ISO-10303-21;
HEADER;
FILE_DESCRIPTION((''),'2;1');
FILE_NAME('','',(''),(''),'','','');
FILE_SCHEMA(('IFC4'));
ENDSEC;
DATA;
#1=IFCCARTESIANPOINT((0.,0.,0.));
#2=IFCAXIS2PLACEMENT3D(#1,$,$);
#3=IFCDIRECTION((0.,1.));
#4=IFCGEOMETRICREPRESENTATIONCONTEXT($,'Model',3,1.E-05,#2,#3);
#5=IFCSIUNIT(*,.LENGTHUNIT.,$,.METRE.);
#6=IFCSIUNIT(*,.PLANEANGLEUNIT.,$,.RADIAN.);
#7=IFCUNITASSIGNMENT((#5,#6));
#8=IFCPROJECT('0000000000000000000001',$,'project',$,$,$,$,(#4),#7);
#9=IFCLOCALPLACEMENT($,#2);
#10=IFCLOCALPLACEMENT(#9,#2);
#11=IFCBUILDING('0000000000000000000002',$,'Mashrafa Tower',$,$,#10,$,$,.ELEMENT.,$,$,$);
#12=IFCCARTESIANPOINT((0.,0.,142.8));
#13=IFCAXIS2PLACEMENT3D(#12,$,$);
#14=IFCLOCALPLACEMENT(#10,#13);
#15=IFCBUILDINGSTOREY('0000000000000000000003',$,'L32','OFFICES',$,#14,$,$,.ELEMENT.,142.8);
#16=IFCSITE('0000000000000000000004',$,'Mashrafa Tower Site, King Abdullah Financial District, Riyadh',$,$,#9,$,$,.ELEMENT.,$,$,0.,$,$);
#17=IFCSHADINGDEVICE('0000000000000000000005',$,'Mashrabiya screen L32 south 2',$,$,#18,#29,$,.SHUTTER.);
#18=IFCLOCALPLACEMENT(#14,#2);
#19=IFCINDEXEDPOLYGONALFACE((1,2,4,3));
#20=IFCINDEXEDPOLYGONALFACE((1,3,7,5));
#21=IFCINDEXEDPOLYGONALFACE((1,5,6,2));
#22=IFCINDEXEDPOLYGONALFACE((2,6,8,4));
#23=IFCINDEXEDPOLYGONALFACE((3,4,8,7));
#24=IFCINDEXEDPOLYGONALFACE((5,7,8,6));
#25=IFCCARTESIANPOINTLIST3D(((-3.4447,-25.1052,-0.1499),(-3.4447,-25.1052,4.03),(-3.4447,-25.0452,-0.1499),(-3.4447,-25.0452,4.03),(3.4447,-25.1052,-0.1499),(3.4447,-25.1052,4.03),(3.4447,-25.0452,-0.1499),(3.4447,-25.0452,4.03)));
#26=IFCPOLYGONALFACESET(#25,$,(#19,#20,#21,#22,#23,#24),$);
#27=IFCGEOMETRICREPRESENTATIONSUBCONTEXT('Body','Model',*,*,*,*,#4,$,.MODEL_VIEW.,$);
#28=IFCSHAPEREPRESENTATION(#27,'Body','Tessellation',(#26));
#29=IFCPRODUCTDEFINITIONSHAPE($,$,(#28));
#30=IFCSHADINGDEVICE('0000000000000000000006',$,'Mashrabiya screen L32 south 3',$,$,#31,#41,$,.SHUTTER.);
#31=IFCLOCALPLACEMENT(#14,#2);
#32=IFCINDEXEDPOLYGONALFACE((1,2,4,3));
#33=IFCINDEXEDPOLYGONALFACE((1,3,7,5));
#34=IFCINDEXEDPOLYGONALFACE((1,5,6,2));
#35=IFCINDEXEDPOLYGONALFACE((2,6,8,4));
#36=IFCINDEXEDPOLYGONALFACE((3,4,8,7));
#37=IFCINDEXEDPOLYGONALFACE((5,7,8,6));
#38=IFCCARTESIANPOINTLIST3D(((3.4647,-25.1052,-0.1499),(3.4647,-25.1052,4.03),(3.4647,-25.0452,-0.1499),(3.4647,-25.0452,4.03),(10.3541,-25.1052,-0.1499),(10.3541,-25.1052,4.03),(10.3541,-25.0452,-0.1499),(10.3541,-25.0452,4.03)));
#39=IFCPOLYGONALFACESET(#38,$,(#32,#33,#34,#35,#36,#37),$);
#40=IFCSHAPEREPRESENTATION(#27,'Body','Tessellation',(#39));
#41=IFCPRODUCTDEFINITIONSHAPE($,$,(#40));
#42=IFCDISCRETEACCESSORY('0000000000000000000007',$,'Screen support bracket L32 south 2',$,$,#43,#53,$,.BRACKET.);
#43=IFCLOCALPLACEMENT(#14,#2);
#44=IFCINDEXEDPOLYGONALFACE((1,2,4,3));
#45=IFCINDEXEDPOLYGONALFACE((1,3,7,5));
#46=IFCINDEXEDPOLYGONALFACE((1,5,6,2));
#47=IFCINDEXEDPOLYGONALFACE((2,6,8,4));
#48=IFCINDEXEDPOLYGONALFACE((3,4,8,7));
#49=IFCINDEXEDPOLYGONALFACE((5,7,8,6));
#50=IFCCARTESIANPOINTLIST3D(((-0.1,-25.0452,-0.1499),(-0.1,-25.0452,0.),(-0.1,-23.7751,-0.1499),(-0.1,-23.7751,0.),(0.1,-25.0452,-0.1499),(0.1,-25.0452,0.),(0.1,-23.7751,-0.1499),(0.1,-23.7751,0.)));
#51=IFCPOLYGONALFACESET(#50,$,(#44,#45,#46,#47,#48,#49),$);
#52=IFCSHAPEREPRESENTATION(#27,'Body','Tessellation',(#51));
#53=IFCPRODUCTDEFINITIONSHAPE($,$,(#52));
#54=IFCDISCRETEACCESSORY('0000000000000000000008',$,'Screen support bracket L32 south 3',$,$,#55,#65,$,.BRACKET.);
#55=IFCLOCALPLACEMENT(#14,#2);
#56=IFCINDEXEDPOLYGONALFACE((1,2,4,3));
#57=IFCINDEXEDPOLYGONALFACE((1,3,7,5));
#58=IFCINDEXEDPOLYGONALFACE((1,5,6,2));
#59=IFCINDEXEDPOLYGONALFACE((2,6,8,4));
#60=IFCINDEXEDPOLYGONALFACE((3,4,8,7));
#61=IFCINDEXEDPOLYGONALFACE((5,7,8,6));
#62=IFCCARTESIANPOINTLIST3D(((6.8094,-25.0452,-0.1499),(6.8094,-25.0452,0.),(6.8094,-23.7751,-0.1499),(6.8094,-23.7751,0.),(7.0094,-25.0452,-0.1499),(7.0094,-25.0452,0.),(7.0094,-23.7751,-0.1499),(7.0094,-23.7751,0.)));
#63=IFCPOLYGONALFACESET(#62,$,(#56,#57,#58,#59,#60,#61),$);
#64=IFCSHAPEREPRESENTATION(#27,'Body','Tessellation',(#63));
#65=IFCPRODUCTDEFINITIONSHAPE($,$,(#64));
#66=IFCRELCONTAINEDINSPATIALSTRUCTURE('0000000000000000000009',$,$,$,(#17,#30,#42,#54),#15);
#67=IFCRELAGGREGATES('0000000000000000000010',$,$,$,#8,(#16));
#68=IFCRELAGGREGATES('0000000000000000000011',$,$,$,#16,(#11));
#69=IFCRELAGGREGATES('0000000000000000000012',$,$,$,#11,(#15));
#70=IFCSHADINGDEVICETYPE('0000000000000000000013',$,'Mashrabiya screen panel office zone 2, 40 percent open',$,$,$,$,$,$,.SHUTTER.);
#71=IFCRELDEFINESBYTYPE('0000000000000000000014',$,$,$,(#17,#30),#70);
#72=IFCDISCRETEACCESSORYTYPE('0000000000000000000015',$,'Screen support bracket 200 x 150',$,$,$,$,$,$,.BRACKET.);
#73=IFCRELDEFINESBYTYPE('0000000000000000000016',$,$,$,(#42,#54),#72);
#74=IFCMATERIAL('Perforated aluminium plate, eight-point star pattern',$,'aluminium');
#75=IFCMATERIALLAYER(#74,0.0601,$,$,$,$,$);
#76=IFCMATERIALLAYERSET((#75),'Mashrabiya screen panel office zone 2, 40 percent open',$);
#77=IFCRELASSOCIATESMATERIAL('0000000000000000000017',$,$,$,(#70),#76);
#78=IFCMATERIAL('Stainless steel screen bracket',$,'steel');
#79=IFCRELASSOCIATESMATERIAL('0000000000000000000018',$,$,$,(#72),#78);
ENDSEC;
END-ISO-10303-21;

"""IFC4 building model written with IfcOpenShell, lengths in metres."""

from ifc_helpers import new_model, si_unit, direction, frame, origin, origin_2d, place, context, subcontext, project, spatial, rectangle, extrude, source, transform, mapped, material, layer, layer_set, type_object, type_shapes, element, save


model = new_model("IFC4")

# Units and contexts
model_context = context("Model", 3, precision=1e-05, world=origin(), true_north=direction((0.0, 1.0)))
body_context = subcontext(model_context, "Body", "Model", "MODEL_VIEW")
ifc_project = project(units=[si_unit("LENGTHUNIT", "METRE"), si_unit("PLANEANGLEUNIT", "RADIAN")], contexts=[model_context])

# Site, building, storey
site_placement = place(None, origin())
site = spatial("IfcSite", under=ifc_project, at=site_placement, Name="Mashrafa Tower Site, King Abdullah Financial District, Riyadh", CompositionType="ELEMENT", RefElevation=0.0)
building_placement = place(site_placement, origin())
building = spatial("IfcBuilding", under=site, at=building_placement, Name="Mashrafa Tower", CompositionType="ELEMENT")
storey_placement = place(building_placement, frame((0.0, 0.0, 142.8)))
storey = spatial("IfcBuildingStorey", under=building, at=storey_placement, Name="L32", Description="OFFICES", CompositionType="ELEMENT", Elevation=142.8)

# Shading devices
ifc_material_1 = material(Name="Perforated aluminium plate, eight-point star pattern", Category="aluminium")
ifc_layer_1 = layer(ifc_material_1, 0.0601)
ifc_layer_set_1 = layer_set([ifc_layer_1], Name="Mashrabiya screen panel office zone 2, 40 percent open")
shading_device_type = type_object("IfcShadingDeviceType", Name="Mashrabiya screen panel office zone 2, 40 percent open", PredefinedType="SHUTTER", material=ifc_layer_set_1)
shared_shape_1 = source(origin(), body_context, "Body", "SweptSolid", [
    extrude(rectangle(XDim=6.8894, YDim=0.0601, at=origin_2d()), origin(), (0.0, 0.0, 1.0), 4.1799),
])
type_shapes(shading_device_type, [shared_shape_1])
for number, where, z_axis, x_axis, name in (
    (1, (0.0, -25.0752, -0.1499), (0.0, 0.0, 1.0), (1.0, 0.0, 0.0), "Mashrabiya screen L32 south 2"),
    (2, (6.9094, -25.0752, -0.1499), (0.0, 0.0, 1.0), (1.0, 0.0, 0.0), "Mashrabiya screen L32 south 3"),
):
    element("IfcShadingDevice", number, at=place(storey_placement, frame(where, z_axis=z_axis, x_axis=x_axis)), inside=storey, type_object=shading_device_type, Name=name, PredefinedType="SHUTTER", context=body_context, shape_type="MappedRepresentation", body=[
        mapped(shared_shape_1, transform((0.0, 0.0, 0.0))),
    ])

# Discrete accessories
ifc_material_2 = material(Name="Stainless steel screen bracket", Category="steel")
discrete_accessory_type = type_object("IfcDiscreteAccessoryType", Name="Screen support bracket 200 x 150", PredefinedType="BRACKET", material=ifc_material_2)
shared_shape_2 = source(origin(), body_context, "Body", "SweptSolid", [
    extrude(rectangle(XDim=0.2, YDim=1.27, at=origin_2d()), origin(), (0.0, 0.0, 1.0), 0.1499),
])
type_shapes(discrete_accessory_type, [shared_shape_2])
for number, where, z_axis, x_axis, name in (
    (3, (0.0, -24.4102, -0.1499), (0.0, 0.0, 1.0), (1.0, 0.0, 0.0), "Screen support bracket L32 south 2"),
    (4, (6.9094, -24.4102, -0.1499), (0.0, 0.0, 1.0), (1.0, 0.0, 0.0), "Screen support bracket L32 south 3"),
):
    element("IfcDiscreteAccessory", number, at=place(storey_placement, frame(where, z_axis=z_axis, x_axis=x_axis)), inside=storey, type_object=discrete_accessory_type, Name=name, PredefinedType="BRACKET", context=body_context, shape_type="MappedRepresentation", body=[
        mapped(shared_shape_2, transform((0.0, 0.0, 0.0))),
    ])

save(model, "model.ifc")
